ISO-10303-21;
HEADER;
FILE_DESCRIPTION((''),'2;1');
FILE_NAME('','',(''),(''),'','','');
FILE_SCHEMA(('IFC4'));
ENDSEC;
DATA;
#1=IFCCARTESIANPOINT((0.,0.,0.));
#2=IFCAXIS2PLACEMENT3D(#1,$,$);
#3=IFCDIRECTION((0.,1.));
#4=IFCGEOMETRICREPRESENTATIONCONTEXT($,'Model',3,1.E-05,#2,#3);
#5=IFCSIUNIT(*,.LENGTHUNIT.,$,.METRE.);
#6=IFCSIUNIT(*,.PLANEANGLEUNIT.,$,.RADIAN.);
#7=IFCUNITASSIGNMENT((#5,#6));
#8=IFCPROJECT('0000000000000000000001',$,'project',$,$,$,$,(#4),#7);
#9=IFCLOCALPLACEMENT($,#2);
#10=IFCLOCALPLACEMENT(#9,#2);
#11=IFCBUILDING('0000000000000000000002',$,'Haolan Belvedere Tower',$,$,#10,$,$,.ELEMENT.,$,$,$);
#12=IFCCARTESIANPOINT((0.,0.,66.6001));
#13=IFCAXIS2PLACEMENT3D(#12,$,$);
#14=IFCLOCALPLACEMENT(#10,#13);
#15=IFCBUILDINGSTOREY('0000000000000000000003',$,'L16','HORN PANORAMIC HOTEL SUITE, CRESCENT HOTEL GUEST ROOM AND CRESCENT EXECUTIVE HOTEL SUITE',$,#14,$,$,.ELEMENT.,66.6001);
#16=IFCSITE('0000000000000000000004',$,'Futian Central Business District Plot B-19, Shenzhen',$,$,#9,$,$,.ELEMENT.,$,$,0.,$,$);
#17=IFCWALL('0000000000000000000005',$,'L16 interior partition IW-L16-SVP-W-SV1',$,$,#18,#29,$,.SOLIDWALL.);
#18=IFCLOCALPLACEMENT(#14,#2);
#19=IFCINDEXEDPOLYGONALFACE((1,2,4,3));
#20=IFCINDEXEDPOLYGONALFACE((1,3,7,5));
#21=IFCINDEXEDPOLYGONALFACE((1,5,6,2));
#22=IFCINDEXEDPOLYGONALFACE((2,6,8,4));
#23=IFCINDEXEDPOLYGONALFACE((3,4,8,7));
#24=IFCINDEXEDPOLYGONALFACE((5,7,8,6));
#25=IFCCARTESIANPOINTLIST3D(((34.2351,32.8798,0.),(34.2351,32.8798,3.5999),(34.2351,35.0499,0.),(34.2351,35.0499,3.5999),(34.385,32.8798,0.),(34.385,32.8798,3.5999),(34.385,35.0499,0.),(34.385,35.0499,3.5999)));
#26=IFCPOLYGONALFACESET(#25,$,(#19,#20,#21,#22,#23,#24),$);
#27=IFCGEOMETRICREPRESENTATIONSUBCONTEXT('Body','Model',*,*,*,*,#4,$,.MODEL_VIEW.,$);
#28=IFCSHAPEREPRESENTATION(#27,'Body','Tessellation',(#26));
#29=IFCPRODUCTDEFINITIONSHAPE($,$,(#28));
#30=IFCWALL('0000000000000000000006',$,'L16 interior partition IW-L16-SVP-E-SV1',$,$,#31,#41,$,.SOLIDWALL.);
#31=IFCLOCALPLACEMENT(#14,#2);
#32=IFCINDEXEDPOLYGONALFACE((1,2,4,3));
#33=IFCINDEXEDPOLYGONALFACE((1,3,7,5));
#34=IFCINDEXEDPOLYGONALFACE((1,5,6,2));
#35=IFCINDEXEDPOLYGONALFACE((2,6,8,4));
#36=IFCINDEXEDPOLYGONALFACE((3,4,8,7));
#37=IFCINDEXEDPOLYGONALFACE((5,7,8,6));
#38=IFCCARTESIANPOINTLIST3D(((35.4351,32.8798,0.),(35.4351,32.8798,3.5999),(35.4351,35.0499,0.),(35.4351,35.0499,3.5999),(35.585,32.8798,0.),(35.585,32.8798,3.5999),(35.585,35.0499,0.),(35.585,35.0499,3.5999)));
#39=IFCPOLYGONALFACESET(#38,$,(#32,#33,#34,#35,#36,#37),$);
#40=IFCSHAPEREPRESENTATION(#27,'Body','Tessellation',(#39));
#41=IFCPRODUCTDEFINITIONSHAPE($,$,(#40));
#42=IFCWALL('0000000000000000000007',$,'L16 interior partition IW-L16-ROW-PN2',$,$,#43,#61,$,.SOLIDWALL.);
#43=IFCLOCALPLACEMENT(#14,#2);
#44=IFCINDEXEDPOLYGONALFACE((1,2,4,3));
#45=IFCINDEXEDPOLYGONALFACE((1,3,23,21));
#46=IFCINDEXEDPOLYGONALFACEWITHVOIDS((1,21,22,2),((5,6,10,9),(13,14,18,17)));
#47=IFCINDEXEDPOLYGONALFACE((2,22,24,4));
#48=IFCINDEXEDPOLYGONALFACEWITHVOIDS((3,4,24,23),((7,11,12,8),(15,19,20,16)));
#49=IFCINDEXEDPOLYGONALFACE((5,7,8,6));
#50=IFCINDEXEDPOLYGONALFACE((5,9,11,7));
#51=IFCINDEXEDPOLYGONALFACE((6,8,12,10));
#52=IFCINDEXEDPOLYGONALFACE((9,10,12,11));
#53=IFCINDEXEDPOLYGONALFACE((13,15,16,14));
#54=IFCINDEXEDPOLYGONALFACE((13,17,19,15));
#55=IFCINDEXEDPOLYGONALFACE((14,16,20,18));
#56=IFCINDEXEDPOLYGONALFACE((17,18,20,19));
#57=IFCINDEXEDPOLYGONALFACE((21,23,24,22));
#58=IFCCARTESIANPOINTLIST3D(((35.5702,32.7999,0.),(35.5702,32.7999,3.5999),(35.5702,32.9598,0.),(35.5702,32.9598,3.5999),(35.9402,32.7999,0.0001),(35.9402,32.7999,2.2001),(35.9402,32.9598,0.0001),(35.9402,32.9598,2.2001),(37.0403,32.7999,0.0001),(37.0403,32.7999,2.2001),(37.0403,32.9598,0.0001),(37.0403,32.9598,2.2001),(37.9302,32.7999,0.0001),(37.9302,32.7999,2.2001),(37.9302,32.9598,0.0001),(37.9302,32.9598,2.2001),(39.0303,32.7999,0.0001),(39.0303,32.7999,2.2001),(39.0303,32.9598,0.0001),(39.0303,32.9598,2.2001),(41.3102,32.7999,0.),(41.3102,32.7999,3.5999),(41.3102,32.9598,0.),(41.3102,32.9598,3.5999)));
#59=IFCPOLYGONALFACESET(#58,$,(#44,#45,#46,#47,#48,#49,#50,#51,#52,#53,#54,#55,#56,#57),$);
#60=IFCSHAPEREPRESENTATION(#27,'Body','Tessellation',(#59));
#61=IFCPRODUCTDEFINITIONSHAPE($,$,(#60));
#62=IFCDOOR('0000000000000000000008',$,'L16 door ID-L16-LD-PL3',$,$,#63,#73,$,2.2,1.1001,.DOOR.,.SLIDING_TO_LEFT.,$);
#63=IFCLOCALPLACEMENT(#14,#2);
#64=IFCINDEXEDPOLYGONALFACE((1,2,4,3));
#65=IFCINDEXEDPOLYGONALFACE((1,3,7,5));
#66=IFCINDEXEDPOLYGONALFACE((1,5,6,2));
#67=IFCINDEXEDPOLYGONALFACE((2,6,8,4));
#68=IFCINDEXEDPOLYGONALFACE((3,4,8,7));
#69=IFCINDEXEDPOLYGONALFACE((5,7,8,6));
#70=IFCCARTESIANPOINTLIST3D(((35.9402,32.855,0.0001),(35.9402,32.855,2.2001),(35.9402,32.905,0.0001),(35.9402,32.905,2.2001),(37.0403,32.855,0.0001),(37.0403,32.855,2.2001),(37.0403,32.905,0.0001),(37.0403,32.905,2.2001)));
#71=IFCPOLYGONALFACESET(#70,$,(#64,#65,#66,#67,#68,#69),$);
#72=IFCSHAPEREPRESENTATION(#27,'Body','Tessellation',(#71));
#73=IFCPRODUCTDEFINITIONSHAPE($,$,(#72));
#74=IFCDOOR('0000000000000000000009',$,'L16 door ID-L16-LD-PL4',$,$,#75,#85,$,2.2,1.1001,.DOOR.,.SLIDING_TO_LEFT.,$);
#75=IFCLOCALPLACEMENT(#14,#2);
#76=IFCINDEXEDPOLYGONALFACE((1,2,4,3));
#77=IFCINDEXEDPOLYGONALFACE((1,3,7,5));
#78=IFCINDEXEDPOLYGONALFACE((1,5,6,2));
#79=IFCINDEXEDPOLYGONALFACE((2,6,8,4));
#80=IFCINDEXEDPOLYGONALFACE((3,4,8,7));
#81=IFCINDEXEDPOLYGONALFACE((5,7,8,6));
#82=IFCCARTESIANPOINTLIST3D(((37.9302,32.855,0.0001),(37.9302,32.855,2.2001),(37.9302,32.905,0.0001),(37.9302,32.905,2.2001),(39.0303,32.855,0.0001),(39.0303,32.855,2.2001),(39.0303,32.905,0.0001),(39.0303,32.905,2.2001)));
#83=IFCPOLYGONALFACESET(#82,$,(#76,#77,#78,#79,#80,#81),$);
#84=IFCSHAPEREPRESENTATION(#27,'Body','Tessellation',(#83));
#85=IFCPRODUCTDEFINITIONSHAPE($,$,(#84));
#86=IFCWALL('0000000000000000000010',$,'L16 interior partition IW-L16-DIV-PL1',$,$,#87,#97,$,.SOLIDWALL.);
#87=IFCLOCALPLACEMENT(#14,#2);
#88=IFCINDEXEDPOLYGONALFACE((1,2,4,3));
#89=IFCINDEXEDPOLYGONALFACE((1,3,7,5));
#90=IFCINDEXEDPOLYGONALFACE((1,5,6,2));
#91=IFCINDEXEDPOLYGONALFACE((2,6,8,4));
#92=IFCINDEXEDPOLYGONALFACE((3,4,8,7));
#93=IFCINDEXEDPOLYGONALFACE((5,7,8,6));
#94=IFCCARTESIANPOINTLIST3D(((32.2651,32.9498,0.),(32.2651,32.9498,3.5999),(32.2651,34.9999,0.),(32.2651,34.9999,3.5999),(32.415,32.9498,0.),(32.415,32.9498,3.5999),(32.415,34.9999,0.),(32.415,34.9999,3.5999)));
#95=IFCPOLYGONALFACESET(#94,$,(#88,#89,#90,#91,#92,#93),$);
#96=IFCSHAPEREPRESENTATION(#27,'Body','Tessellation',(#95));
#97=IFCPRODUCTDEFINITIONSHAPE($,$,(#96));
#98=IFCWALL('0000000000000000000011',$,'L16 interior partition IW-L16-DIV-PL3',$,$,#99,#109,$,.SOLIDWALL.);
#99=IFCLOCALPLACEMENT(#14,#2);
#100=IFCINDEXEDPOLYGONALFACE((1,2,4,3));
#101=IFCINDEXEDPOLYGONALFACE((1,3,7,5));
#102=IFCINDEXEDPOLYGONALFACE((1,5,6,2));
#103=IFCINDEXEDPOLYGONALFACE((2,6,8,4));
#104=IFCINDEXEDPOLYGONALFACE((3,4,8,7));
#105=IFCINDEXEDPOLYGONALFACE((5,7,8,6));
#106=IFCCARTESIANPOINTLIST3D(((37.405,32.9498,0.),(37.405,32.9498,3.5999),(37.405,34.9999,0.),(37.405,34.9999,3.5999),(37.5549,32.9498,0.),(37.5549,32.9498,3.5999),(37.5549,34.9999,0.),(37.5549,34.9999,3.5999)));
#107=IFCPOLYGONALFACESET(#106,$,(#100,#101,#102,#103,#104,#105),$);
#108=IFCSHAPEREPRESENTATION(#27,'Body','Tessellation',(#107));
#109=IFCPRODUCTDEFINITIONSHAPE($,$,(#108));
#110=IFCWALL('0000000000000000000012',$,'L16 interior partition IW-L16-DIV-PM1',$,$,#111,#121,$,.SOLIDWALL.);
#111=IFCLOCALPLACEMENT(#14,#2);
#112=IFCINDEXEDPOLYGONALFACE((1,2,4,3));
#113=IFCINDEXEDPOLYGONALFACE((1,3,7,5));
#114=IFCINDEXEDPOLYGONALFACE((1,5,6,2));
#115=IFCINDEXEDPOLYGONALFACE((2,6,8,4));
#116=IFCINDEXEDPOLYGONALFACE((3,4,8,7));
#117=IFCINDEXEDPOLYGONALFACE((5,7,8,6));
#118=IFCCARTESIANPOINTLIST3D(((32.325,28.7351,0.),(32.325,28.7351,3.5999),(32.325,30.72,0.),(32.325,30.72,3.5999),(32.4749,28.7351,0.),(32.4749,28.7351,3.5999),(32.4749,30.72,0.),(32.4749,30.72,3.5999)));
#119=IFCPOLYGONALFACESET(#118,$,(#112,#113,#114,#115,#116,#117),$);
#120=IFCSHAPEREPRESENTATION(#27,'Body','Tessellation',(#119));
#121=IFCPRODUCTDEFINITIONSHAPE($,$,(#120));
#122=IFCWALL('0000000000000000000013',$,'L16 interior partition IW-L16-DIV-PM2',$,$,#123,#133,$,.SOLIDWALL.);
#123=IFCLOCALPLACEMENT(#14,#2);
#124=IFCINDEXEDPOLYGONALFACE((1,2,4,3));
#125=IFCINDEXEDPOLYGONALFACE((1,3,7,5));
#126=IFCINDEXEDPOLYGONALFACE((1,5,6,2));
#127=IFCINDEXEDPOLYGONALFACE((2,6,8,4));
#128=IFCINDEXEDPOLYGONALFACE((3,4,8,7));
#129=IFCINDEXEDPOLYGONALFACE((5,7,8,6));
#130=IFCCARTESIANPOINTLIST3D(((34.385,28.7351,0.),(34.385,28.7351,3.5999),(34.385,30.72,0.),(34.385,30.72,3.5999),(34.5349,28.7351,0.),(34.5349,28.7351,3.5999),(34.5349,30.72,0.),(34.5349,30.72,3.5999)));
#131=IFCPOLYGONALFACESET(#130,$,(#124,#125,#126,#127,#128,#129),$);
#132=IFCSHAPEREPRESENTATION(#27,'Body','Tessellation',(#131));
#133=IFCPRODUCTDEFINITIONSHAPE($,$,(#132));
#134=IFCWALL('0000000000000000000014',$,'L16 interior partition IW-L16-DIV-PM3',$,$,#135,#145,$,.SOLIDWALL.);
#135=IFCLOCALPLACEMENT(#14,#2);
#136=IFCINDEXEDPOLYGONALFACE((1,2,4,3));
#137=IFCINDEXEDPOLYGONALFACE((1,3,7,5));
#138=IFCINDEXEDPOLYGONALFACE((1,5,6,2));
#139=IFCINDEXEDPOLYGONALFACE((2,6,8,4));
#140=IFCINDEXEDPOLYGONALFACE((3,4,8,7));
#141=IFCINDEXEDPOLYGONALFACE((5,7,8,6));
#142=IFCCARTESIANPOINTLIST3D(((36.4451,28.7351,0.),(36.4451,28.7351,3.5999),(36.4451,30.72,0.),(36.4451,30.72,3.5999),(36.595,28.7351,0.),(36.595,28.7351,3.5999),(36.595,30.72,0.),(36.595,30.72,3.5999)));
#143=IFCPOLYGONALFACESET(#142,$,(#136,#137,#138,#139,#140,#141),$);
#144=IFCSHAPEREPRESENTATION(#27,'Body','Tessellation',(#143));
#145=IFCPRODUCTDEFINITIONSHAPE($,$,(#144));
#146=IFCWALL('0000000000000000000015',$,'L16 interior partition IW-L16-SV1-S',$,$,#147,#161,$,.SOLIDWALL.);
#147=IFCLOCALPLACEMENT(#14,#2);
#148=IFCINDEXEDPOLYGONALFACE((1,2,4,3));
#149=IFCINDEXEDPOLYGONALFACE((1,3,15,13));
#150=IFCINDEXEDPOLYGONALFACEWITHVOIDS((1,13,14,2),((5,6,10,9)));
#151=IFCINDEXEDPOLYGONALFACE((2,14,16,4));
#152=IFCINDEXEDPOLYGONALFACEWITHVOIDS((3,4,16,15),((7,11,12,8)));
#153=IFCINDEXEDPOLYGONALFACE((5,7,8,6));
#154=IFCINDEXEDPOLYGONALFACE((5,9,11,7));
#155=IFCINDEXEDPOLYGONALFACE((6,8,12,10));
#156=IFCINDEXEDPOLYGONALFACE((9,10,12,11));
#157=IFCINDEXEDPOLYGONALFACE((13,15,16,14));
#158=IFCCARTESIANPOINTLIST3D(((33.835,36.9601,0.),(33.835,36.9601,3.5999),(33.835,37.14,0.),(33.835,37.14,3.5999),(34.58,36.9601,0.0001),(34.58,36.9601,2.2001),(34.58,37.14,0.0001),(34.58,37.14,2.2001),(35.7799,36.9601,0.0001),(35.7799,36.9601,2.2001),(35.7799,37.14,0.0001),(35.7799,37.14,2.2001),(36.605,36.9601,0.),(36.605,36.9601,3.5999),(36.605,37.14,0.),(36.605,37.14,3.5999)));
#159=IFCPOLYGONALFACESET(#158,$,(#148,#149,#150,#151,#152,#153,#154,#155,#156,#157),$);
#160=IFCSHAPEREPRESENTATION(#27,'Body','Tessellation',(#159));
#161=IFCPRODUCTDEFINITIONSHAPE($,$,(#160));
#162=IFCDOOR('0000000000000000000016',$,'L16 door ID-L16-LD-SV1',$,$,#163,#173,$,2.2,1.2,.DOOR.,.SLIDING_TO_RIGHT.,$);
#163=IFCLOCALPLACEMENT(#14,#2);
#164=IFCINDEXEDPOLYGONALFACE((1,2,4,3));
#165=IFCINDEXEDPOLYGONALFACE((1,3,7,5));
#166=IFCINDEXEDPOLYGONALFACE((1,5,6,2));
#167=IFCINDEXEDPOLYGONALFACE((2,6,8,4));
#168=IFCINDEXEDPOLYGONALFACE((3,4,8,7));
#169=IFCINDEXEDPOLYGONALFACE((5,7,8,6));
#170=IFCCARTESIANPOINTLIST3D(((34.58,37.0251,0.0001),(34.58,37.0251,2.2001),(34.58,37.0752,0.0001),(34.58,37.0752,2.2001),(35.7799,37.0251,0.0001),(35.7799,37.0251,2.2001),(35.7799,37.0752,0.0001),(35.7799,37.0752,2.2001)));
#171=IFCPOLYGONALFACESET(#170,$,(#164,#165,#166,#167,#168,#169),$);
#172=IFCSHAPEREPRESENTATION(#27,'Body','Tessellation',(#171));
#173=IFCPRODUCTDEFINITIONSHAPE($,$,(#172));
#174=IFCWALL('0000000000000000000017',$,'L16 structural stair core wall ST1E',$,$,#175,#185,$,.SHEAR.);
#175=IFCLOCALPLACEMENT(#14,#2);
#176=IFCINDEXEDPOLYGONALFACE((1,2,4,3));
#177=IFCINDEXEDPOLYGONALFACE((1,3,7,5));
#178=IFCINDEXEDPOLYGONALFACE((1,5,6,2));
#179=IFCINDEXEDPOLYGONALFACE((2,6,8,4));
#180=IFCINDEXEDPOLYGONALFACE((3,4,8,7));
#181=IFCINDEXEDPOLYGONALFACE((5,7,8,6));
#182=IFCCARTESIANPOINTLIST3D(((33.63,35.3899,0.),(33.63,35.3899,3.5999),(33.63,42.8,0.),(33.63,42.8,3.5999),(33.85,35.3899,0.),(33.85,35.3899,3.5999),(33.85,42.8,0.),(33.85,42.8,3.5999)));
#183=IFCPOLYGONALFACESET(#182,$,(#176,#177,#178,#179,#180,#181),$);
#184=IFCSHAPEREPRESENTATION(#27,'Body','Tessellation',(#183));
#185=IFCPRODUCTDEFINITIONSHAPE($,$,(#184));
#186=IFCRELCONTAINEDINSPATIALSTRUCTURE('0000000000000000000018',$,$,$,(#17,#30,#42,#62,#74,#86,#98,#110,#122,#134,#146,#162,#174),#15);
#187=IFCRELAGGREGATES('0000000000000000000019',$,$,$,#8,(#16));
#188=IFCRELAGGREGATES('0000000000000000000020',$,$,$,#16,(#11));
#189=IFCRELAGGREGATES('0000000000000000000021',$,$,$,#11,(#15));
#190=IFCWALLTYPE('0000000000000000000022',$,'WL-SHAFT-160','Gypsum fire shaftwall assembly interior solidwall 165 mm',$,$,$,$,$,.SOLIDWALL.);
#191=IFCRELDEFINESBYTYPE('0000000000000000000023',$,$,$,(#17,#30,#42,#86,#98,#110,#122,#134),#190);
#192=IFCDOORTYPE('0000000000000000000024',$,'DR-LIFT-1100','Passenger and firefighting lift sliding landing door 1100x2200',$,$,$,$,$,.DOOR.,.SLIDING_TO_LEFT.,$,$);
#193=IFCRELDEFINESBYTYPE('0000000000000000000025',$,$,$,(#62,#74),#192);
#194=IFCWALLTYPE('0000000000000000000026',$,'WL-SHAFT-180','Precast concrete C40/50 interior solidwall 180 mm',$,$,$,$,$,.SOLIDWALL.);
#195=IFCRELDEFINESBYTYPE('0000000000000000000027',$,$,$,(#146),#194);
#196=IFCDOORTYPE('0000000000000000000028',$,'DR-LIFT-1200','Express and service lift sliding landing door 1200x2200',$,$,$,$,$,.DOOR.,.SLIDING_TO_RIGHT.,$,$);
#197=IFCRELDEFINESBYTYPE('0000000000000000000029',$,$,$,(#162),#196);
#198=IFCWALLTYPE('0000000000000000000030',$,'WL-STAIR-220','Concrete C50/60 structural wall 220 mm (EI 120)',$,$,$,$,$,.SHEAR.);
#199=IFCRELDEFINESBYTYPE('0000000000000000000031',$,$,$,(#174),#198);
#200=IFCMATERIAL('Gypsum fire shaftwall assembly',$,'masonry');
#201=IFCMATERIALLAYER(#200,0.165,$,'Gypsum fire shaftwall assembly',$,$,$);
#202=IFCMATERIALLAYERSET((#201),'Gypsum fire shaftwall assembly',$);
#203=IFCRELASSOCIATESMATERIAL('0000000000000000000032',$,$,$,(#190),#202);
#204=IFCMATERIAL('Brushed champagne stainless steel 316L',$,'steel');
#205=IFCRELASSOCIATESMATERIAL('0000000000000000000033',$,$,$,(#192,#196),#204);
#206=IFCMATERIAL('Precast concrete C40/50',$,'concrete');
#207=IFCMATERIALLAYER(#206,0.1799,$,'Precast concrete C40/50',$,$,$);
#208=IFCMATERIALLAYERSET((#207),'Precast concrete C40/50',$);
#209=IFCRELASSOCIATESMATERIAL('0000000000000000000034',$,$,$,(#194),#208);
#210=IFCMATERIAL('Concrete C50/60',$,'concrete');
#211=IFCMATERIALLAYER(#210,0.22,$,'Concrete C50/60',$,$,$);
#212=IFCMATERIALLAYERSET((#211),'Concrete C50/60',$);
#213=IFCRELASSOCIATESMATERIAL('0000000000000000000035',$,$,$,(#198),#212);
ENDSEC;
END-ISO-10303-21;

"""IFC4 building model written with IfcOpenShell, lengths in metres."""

from ifc_helpers import new_model, si_unit, direction, frame, frame_2d, origin, place, context, subcontext, project, spatial, rectangle, extrude, material, layer, layer_set, type_object, element, fill, save


model = new_model("IFC4")

# Units and contexts
model_context = context("Model", 3, precision=1e-05, world=origin(), true_north=direction((0.0, 1.0)))
body_context = subcontext(model_context, "Body", "Model", "MODEL_VIEW")
ifc_project = project(units=[si_unit("LENGTHUNIT", "METRE"), si_unit("PLANEANGLEUNIT", "RADIAN")], contexts=[model_context])

# Site, building, storey
site_placement = place(None, origin())
site = spatial("IfcSite", under=ifc_project, at=site_placement, Name="Futian Central Business District Plot B-19, Shenzhen", CompositionType="ELEMENT", RefElevation=0.0)
building_placement = place(site_placement, origin())
building = spatial("IfcBuilding", under=site, at=building_placement, Name="Haolan Belvedere Tower", CompositionType="ELEMENT")
storey_placement = place(building_placement, frame((0.0, 0.0, 66.6001)))
storey = spatial("IfcBuildingStorey", under=building, at=storey_placement, Name="L16", Description="HORN PANORAMIC HOTEL SUITE, CRESCENT HOTEL GUEST ROOM AND CRESCENT EXECUTIVE HOTEL SUITE", CompositionType="ELEMENT", Elevation=66.6001)

# Walls
ifc_material_1 = material(Name="Gypsum fire shaftwall assembly", Category="masonry")
ifc_layer_1 = layer(ifc_material_1, 0.165, Name="Gypsum fire shaftwall assembly")
ifc_layer_set_1 = layer_set([ifc_layer_1], Name="Gypsum fire shaftwall assembly")
wall_type_1 = type_object("IfcWallType", Name="WL-SHAFT-160", Description="Gypsum fire shaftwall assembly interior solidwall 165 mm", PredefinedType="SOLIDWALL", material=ifc_layer_set_1)
for number, where, z_axis, x_axis, name in (
    (1, (34.3101, 32.8799, 0.0), (0.0, 0.0, 1.0), (0.0, 1.0, 0.0), "L16 interior partition IW-L16-SVP-W-SV1"),
    (2, (35.51, 32.8799, 0.0), (0.0, 0.0, 1.0), (0.0, 1.0, 0.0), "L16 interior partition IW-L16-SVP-E-SV1"),
):
    element("IfcWall", number, at=place(storey_placement, frame(where, z_axis=z_axis, x_axis=x_axis)), inside=storey, type_object=wall_type_1, Name=name, PredefinedType="SOLIDWALL", context=body_context, shape_type="SweptSolid", body=[
        extrude(rectangle(XDim=2.1702, YDim=0.1499, at=frame_2d((1.085, 0.0))), origin(), (0.0, 0.0, 1.0), 3.5999),
    ])

# Wall, openings, doors
wall_1_placement = place(storey_placement, frame((35.5701, 32.8799, 0.0), z_axis=(0.0, 0.0, 1.0), x_axis=(1.0, 0.0, 0.0)))
wall_1 = element("IfcWall", 3, at=wall_1_placement, inside=storey, type_object=wall_type_1, Name="L16 interior partition IW-L16-ROW-PN2", PredefinedType="SOLIDWALL", context=body_context, shape_type="SweptSolid", body=[
    extrude(rectangle(XDim=5.74, YDim=0.1599, at=frame_2d((2.8701, 0.0))), origin(), (0.0, 0.0, 1.0), 3.5999),
])
opening_1_placement = place(wall_1_placement, frame((1.4702, 0.0, 0.0), z_axis=(0.0, 0.0, 1.0), x_axis=(-1.0, 0.0, 0.0)))
opening_1 = element("IfcOpeningElement", 4, at=opening_1_placement, cuts=wall_1, PredefinedType="OPENING", context=body_context, shape_type="SweptSolid", body=[
    extrude(rectangle(XDim=1.1001, YDim=2.2, at=frame_2d((0.55, 1.1001))), frame((0.0, 0.0898, 0.0), z_axis=(0.0, -1.0, 0.0), x_axis=(1.0, 0.0, 0.0)), (0.0, 0.0, 1.0), 0.1799),
])
opening_2_placement = place(wall_1_placement, frame((3.4602, 0.0, 0.0), z_axis=(0.0, 0.0, 1.0), x_axis=(-1.0, 0.0, 0.0)))
opening_2 = element("IfcOpeningElement", 5, at=opening_2_placement, cuts=wall_1, PredefinedType="OPENING", context=body_context, shape_type="SweptSolid", body=[
    extrude(rectangle(XDim=1.1001, YDim=2.2, at=frame_2d((0.55, 1.1001))), frame((0.0, 0.0898, 0.0), z_axis=(0.0, -1.0, 0.0), x_axis=(1.0, 0.0, 0.0)), (0.0, 0.0, 1.0), 0.1799),
])
ifc_material_2 = material(Name="Brushed champagne stainless steel 316L", Category="steel")
door_type_1 = type_object("IfcDoorType", Name="DR-LIFT-1100", Description="Passenger and firefighting lift sliding landing door 1100x2200", OperationType="SLIDING_TO_LEFT", PredefinedType="DOOR", material=ifc_material_2)
door_1_placement = place(opening_1_placement, origin())
door_1 = element("IfcDoor", 6, at=door_1_placement, inside=storey, type_object=door_type_1, Name="L16 door ID-L16-LD-PL3", OperationType="SLIDING_TO_LEFT", OverallHeight=2.2, OverallWidth=1.1001, PredefinedType="DOOR", context=body_context, shape_type="SweptSolid", body=[
    extrude(rectangle(XDim=1.1001, YDim=2.2, at=frame_2d((0.55, 1.1001))), frame((0.0, 0.0249, 0.0), z_axis=(0.0, -1.0, 0.0), x_axis=(1.0, 0.0, 0.0)), (0.0, 0.0, 1.0), 0.05),
])
fill(opening_1, door_1)
door_2_placement = place(opening_2_placement, origin())
door_2 = element("IfcDoor", 7, at=door_2_placement, inside=storey, type_object=door_type_1, Name="L16 door ID-L16-LD-PL4", OperationType="SLIDING_TO_LEFT", OverallHeight=2.2, OverallWidth=1.1001, PredefinedType="DOOR", context=body_context, shape_type="SweptSolid", body=[
    extrude(rectangle(XDim=1.1001, YDim=2.2, at=frame_2d((0.55, 1.1001))), frame((0.0, 0.0249, 0.0), z_axis=(0.0, -1.0, 0.0), x_axis=(1.0, 0.0, 0.0)), (0.0, 0.0, 1.0), 0.05),
])
fill(opening_2, door_2)

# Walls
for number, where, z_axis, x_axis, name in (
    (8, (32.3401, 32.95, 0.0), (0.0, 0.0, 1.0), (0.0, 1.0, 0.0), "L16 interior partition IW-L16-DIV-PL1"),
    (9, (37.48, 32.95, 0.0), (0.0, 0.0, 1.0), (0.0, 1.0, 0.0), "L16 interior partition IW-L16-DIV-PL3"),
):
    element("IfcWall", number, at=place(storey_placement, frame(where, z_axis=z_axis, x_axis=x_axis)), inside=storey, type_object=wall_type_1, Name=name, PredefinedType="SOLIDWALL", context=body_context, shape_type="SweptSolid", body=[
        extrude(rectangle(XDim=2.05, YDim=0.1499, at=frame_2d((1.0249, 0.0))), origin(), (0.0, 0.0, 1.0), 3.5999),
    ])
for number, where, z_axis, x_axis, name in (
    (10, (32.3999, 28.7351, 0.0), (0.0, 0.0, 1.0), (0.0, 1.0, 0.0), "L16 interior partition IW-L16-DIV-PM1"),
    (11, (34.46, 28.7351, 0.0), (0.0, 0.0, 1.0), (0.0, 1.0, 0.0), "L16 interior partition IW-L16-DIV-PM2"),
    (12, (36.52, 28.7351, 0.0), (0.0, 0.0, 1.0), (0.0, 1.0, 0.0), "L16 interior partition IW-L16-DIV-PM3"),
):
    element("IfcWall", number, at=place(storey_placement, frame(where, z_axis=z_axis, x_axis=x_axis)), inside=storey, type_object=wall_type_1, Name=name, PredefinedType="SOLIDWALL", context=body_context, shape_type="SweptSolid", body=[
        extrude(rectangle(XDim=1.9849, YDim=0.1499, at=frame_2d((0.9924, 0.0))), origin(), (0.0, 0.0, 1.0), 3.5999),
    ])

# Wall, opening, door
ifc_material_3 = material(Name="Precast concrete C40/50", Category="concrete")
ifc_layer_2 = layer(ifc_material_3, 0.1799, Name="Precast concrete C40/50")
ifc_layer_set_2 = layer_set([ifc_layer_2], Name="Precast concrete C40/50")
wall_type_2 = type_object("IfcWallType", Name="WL-SHAFT-180", Description="Precast concrete C40/50 interior solidwall 180 mm", PredefinedType="SOLIDWALL", material=ifc_layer_set_2)
wall_2_placement = place(storey_placement, frame((33.835, 37.05, 0.0), z_axis=(0.0, 0.0, 1.0), x_axis=(1.0, 0.0, 0.0)))
wall_2 = element("IfcWall", 13, at=wall_2_placement, inside=storey, type_object=wall_type_2, Name="L16 interior partition IW-L16-SV1-S", PredefinedType="SOLIDWALL", context=body_context, shape_type="SweptSolid", body=[
    extrude(rectangle(XDim=2.77, YDim=0.1799, at=frame_2d((1.385, 0.0))), origin(), (0.0, 0.0, 1.0), 3.5999),
])
opening_3_placement = place(wall_2_placement, frame((1.9451, 0.0, 0.0), z_axis=(0.0, 0.0, 1.0), x_axis=(-1.0, 0.0, 0.0)))
opening_3 = element("IfcOpeningElement", 14, at=opening_3_placement, cuts=wall_2, PredefinedType="OPENING", context=body_context, shape_type="SweptSolid", body=[
    extrude(rectangle(XDim=1.2, YDim=2.2, at=frame_2d((0.6001, 1.1001))), frame((0.0, 0.0999, 0.0), z_axis=(0.0, -1.0, 0.0), x_axis=(1.0, 0.0, 0.0)), (0.0, 0.0, 1.0), 0.2),
])
door_type_2 = type_object("IfcDoorType", Name="DR-LIFT-1200", Description="Express and service lift sliding landing door 1200x2200", OperationType="SLIDING_TO_RIGHT", PredefinedType="DOOR", material=ifc_material_2)
door_3_placement = place(opening_3_placement, origin())
door_3 = element("IfcDoor", 15, at=door_3_placement, inside=storey, type_object=door_type_2, Name="L16 door ID-L16-LD-SV1", OperationType="SLIDING_TO_RIGHT", OverallHeight=2.2, OverallWidth=1.2, PredefinedType="DOOR", context=body_context, shape_type="SweptSolid", body=[
    extrude(rectangle(XDim=1.2, YDim=2.2, at=frame_2d((0.6001, 1.1001))), frame((0.0, 0.0249, 0.0), z_axis=(0.0, -1.0, 0.0), x_axis=(1.0, 0.0, 0.0)), (0.0, 0.0, 1.0), 0.05),
])
fill(opening_3, door_3)

# Wall
ifc_material_4 = material(Name="Concrete C50/60", Category="concrete")
ifc_layer_3 = layer(ifc_material_4, 0.22, Name="Concrete C50/60")
ifc_layer_set_3 = layer_set([ifc_layer_3], Name="Concrete C50/60")
wall_type_3 = type_object("IfcWallType", Name="WL-STAIR-220", Description="Concrete C50/60 structural wall 220 mm (EI 120)", PredefinedType="SHEAR", material=ifc_layer_set_3)
for number, where, z_axis, x_axis, name in (
    (16, (33.74, 35.3899, 0.0), (0.0, 0.0, 1.0), (0.0, 1.0, 0.0), "L16 structural stair core wall ST1E"),
):
    element("IfcWall", number, at=place(storey_placement, frame(where, z_axis=z_axis, x_axis=x_axis)), inside=storey, type_object=wall_type_3, Name=name, PredefinedType="SHEAR", context=body_context, shape_type="SweptSolid", body=[
        extrude(rectangle(XDim=7.4102, YDim=0.22, at=frame_2d((3.7051, 0.0))), origin(), (0.0, 0.0, 1.0), 3.5999),
    ])

save(model, "model.ifc")
